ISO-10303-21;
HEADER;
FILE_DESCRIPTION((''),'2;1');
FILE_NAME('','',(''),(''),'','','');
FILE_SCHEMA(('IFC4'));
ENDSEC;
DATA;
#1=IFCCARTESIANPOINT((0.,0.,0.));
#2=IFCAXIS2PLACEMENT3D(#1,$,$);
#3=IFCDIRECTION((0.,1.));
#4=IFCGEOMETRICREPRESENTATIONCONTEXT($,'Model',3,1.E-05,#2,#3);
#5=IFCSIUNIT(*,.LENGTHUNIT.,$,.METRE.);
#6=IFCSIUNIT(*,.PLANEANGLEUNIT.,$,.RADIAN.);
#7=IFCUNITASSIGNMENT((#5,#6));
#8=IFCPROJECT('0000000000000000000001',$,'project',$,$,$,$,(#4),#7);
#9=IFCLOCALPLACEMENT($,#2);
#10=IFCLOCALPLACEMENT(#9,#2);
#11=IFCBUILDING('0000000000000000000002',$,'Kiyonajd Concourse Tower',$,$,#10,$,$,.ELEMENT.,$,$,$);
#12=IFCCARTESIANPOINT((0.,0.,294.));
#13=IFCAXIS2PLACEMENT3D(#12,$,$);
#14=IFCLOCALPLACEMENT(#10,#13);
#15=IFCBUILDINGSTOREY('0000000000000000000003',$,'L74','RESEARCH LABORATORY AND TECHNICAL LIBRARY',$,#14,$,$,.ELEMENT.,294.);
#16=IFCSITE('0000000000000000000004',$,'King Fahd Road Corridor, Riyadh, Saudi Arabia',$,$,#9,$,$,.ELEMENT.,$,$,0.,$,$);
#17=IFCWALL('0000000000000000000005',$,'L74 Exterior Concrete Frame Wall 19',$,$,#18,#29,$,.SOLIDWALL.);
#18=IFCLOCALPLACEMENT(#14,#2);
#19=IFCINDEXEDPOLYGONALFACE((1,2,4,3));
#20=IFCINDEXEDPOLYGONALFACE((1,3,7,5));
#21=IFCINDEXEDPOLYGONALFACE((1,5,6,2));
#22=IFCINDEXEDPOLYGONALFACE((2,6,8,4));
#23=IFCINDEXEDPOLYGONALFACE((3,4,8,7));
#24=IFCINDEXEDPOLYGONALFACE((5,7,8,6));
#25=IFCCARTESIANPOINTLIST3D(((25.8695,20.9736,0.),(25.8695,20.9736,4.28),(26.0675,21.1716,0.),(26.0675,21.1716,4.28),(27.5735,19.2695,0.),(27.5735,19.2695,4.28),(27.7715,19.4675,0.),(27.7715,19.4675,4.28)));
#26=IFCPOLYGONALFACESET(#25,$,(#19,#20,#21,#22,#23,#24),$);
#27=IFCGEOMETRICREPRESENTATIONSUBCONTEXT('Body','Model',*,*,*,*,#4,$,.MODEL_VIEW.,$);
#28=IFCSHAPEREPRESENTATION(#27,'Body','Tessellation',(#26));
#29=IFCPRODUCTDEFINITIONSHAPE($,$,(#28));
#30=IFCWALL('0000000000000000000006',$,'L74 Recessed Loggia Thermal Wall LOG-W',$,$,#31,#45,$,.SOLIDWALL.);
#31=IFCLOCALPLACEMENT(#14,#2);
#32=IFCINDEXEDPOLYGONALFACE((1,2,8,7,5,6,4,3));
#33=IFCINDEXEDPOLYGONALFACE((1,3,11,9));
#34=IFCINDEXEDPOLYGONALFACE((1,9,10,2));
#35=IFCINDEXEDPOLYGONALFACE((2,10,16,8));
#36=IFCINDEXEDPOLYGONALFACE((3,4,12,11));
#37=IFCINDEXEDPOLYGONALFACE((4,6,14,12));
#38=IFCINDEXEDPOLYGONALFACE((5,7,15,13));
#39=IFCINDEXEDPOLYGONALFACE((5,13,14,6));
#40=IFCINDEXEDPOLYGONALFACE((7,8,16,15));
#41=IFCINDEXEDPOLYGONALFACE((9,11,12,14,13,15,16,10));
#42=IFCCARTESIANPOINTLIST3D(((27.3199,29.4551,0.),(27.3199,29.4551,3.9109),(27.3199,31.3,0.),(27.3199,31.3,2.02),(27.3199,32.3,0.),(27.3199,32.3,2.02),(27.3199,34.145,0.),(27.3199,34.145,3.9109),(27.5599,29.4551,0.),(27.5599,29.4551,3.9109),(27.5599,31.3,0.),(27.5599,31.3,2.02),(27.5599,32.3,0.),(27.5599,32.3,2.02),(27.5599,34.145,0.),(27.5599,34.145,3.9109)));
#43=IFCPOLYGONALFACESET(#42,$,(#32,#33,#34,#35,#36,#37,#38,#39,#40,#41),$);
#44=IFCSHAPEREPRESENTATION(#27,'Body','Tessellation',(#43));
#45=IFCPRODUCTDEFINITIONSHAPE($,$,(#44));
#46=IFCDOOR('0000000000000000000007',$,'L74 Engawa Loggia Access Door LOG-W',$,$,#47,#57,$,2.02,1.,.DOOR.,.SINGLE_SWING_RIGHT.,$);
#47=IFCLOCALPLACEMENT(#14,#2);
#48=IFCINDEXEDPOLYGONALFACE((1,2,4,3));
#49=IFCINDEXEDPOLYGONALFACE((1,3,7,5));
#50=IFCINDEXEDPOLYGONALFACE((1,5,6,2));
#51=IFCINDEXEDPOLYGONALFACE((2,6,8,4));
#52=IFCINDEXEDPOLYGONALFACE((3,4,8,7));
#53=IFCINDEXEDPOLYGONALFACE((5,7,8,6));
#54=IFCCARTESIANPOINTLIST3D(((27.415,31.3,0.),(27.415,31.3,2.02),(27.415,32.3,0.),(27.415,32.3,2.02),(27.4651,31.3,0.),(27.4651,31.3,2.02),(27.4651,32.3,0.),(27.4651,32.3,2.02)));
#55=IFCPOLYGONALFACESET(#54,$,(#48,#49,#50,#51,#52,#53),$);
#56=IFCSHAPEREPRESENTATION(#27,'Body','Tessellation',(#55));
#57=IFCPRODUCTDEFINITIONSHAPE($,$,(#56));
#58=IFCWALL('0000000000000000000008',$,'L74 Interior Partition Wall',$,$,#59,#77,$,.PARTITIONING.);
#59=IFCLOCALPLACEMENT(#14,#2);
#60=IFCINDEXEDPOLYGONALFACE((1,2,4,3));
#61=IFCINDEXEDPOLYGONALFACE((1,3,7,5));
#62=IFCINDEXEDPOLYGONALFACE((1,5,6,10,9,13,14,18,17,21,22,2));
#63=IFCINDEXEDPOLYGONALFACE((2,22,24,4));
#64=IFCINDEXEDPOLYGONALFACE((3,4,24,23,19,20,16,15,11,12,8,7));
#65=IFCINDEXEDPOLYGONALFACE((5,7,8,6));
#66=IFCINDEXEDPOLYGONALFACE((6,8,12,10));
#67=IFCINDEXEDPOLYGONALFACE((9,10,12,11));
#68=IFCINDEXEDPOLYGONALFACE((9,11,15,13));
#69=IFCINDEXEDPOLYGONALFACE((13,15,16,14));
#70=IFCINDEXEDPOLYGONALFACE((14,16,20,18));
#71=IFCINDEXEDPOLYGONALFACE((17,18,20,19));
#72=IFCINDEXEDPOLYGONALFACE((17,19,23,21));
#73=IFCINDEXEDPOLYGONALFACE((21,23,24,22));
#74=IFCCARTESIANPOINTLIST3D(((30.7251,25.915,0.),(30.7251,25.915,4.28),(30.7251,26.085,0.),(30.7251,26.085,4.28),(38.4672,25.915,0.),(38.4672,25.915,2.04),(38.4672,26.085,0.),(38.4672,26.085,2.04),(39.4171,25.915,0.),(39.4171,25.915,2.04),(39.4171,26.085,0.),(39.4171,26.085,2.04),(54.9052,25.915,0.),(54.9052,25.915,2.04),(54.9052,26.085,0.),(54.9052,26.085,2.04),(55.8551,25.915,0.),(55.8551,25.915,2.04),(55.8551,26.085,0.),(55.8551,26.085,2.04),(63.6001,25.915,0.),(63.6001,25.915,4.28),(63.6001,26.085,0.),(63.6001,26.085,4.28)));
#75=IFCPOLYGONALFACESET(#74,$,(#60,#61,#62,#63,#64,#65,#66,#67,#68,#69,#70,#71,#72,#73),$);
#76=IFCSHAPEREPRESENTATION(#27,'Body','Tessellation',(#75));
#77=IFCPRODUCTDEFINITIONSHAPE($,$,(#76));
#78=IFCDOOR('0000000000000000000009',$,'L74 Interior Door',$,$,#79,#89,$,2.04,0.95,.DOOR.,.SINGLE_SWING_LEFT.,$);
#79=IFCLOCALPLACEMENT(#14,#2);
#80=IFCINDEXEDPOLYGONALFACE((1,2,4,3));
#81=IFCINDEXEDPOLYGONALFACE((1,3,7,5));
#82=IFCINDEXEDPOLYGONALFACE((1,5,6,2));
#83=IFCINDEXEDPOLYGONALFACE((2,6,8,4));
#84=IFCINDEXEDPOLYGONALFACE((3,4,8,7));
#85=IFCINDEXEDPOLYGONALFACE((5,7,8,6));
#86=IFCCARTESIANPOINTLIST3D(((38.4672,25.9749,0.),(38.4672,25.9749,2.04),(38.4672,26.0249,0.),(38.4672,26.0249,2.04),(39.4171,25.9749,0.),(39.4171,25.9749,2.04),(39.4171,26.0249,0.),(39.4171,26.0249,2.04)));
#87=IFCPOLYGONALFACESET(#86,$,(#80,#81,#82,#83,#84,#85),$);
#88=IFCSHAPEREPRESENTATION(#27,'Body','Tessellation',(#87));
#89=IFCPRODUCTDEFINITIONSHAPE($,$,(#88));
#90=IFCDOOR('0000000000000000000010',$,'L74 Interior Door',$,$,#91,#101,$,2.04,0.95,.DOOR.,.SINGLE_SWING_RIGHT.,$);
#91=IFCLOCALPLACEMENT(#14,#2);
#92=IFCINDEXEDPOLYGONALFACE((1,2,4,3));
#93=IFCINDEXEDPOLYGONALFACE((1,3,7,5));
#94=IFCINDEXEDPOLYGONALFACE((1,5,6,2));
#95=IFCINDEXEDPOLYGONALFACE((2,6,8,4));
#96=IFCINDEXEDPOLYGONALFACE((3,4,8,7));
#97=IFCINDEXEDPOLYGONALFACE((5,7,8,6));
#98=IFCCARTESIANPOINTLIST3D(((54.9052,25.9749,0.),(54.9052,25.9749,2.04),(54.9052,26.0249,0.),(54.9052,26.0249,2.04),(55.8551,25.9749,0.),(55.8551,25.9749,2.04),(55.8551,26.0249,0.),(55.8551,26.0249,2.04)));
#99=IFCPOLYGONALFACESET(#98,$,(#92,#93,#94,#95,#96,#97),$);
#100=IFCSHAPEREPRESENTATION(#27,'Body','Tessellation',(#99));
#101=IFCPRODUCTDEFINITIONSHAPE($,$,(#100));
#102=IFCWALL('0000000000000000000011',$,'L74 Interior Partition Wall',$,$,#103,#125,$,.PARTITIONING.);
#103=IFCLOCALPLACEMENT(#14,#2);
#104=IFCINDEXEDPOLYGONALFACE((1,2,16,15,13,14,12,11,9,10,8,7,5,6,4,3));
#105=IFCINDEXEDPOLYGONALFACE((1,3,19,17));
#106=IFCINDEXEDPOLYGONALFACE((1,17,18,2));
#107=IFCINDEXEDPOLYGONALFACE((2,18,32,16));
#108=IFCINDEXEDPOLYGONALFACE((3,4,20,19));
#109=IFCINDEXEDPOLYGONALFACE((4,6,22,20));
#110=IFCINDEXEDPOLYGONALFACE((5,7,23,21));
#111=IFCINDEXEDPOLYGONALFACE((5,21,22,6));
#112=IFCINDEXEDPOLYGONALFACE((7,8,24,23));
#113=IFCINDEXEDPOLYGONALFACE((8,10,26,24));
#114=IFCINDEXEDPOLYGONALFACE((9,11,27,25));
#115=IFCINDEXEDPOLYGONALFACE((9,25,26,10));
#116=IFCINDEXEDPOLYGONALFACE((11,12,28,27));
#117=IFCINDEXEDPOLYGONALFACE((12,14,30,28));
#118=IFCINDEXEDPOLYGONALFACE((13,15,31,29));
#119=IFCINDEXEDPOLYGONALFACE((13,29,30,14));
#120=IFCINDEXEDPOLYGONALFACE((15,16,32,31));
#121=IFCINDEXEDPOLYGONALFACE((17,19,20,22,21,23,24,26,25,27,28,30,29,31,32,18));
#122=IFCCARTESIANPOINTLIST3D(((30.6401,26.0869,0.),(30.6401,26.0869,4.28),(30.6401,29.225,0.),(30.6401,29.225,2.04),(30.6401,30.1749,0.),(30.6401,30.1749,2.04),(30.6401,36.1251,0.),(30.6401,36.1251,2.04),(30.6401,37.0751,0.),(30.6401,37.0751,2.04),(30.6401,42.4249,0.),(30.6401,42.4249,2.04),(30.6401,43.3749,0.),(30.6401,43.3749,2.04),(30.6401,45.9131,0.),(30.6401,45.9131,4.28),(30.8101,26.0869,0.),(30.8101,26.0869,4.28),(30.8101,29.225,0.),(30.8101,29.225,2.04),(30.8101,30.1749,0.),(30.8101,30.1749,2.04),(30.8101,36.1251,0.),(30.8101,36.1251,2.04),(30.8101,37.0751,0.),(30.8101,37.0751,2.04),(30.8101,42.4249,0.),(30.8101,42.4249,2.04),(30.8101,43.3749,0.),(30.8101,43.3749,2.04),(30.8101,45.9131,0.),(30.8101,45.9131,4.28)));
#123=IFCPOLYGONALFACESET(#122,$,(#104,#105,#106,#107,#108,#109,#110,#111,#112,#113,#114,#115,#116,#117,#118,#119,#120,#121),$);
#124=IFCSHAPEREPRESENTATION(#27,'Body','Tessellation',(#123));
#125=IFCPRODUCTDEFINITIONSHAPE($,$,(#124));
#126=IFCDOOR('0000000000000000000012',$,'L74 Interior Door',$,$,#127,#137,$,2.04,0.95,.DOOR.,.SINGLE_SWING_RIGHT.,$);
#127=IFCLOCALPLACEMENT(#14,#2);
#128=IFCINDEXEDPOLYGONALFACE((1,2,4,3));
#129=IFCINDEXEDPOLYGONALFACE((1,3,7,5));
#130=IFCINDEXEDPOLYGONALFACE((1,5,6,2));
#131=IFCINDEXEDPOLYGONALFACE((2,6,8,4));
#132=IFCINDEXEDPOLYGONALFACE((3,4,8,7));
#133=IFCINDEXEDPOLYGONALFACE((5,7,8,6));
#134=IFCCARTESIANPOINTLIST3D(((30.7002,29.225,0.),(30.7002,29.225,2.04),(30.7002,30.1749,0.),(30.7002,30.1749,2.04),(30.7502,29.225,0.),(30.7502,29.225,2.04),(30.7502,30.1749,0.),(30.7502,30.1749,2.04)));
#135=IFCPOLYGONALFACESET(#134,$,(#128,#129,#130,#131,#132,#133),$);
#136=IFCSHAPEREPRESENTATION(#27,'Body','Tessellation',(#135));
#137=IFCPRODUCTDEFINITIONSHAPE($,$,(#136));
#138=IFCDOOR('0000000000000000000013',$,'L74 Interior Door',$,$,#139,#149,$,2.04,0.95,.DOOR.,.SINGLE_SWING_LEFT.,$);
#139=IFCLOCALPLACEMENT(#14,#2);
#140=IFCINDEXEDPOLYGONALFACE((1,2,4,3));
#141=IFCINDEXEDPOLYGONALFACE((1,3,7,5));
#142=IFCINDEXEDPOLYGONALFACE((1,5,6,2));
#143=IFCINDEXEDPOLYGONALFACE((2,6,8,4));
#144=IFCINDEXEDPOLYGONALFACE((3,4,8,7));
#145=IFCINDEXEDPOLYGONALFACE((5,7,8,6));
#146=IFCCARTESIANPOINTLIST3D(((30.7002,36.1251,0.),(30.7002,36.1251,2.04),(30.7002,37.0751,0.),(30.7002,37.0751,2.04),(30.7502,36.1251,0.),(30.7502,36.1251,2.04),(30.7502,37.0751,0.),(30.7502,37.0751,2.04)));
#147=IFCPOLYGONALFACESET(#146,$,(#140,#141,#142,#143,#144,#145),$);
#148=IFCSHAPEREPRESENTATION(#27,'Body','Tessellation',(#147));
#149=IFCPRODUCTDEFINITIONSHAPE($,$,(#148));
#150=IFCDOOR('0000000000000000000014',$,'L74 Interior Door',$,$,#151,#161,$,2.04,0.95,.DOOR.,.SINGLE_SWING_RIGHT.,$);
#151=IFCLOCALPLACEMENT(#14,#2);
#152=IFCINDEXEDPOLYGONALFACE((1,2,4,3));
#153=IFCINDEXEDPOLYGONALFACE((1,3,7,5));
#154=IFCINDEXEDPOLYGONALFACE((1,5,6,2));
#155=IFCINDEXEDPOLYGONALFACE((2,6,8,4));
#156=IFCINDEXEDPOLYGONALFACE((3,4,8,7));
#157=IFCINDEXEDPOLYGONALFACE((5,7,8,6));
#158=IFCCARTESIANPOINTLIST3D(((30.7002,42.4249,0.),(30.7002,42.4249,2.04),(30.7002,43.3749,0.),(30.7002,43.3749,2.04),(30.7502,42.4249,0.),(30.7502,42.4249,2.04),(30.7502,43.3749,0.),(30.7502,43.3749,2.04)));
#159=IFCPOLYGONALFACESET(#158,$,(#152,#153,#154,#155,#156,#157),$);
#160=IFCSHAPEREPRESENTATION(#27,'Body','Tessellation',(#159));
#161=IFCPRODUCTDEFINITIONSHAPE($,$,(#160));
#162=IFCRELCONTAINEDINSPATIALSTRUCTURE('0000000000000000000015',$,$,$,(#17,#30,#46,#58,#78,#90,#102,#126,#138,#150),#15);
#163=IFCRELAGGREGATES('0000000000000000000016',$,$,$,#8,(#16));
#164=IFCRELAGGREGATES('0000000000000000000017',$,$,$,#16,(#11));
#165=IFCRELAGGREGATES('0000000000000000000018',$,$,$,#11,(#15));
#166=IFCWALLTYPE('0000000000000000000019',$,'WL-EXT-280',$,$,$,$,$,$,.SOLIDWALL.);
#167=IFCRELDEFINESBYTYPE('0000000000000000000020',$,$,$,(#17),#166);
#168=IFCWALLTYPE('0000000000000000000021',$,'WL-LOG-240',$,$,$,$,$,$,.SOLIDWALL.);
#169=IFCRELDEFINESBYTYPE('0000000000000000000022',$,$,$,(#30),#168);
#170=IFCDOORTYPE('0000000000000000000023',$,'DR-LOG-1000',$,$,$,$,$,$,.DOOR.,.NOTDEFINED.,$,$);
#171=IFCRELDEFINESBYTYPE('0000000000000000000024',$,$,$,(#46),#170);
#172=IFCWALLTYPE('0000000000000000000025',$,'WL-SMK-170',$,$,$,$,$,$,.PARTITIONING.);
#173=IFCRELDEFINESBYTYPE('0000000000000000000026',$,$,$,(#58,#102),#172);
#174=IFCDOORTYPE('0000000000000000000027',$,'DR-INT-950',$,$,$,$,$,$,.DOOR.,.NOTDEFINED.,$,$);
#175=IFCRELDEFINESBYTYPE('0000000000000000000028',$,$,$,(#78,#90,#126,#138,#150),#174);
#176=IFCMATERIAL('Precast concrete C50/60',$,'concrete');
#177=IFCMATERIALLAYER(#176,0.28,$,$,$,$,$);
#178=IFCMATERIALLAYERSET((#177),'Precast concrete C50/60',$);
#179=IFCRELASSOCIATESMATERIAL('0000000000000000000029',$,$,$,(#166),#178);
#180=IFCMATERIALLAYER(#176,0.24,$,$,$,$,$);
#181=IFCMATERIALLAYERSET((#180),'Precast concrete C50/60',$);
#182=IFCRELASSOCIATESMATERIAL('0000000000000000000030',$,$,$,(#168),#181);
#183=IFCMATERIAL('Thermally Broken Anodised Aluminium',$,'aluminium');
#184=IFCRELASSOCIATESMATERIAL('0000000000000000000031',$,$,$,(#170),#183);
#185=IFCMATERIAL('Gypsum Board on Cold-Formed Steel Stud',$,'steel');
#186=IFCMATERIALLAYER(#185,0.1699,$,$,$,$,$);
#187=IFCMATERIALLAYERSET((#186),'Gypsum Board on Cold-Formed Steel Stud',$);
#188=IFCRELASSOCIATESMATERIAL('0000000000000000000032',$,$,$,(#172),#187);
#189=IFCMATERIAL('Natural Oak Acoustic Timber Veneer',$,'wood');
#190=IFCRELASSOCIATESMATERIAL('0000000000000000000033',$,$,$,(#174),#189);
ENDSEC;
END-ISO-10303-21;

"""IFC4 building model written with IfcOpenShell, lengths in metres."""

from ifc_helpers import new_model, si_unit, direction, frame, frame_2d, origin, place, context, subcontext, project, spatial, rectangle, extrude, material, layer, layer_set, type_object, element, fill, save


model = new_model("IFC4")

# Units and contexts
model_context = context("Model", 3, precision=1e-05, world=origin(), true_north=direction((0.0, 1.0)))
body_context = subcontext(model_context, "Body", "Model", "MODEL_VIEW")
ifc_project = project(units=[si_unit("LENGTHUNIT", "METRE"), si_unit("PLANEANGLEUNIT", "RADIAN")], contexts=[model_context])

# Site, building, storey
site_placement = place(None, origin())
site = spatial("IfcSite", under=ifc_project, at=site_placement, Name="King Fahd Road Corridor, Riyadh, Saudi Arabia", CompositionType="ELEMENT", RefElevation=0.0)
building_placement = place(site_placement, origin())
building = spatial("IfcBuilding", under=site, at=building_placement, Name="Kiyonajd Concourse Tower", CompositionType="ELEMENT")
storey_placement = place(building_placement, frame((0.0, 0.0, 294.0)))
storey = spatial("IfcBuildingStorey", under=building, at=storey_placement, Name="L74", Description="RESEARCH LABORATORY AND TECHNICAL LIBRARY", CompositionType="ELEMENT", Elevation=294.0)

# Shared definitions
ifc_material_1 = material(Name="Thermally Broken Anodised Aluminium", Category="aluminium")

# Wall
ifc_material_2 = material(Name="Precast concrete C50/60", Category="concrete")
ifc_layer_1 = layer(ifc_material_2, 0.28)
ifc_layer_set_1 = layer_set([ifc_layer_1], Name="Precast concrete C50/60")
wall_type_1 = type_object("IfcWallType", Name="WL-EXT-280", PredefinedType="SOLIDWALL", material=ifc_layer_set_1)
wall_1_placement = place(storey_placement, frame((27.6726, 19.3684, 0.0), z_axis=(0.0, 0.0, 1.0), x_axis=(-0.707107, 0.707107, 0.0)))
element("IfcWall", 1, at=wall_1_placement, inside=storey, type_object=wall_type_1, Name="L74 Exterior Concrete Frame Wall 19", PredefinedType="SOLIDWALL", context=body_context, shape_type="SweptSolid", body=[
    extrude(rectangle(XDim=2.4099, YDim=0.28, at=frame_2d((1.2051, 0.0))), origin(), (0.0, 0.0, 1.0), 4.28),
])

# Wall, opening, door
ifc_layer_2 = layer(ifc_material_2, 0.24)
ifc_layer_set_2 = layer_set([ifc_layer_2], Name="Precast concrete C50/60")
wall_type_2 = type_object("IfcWallType", Name="WL-LOG-240", PredefinedType="SOLIDWALL", material=ifc_layer_set_2)
wall_2_placement = place(storey_placement, frame((27.4399, 29.4551, 0.0), z_axis=(0.0, 0.0, 1.0), x_axis=(0.0, 1.0, 0.0)))
wall_2 = element("IfcWall", 2, at=wall_2_placement, inside=storey, type_object=wall_type_2, Name="L74 Recessed Loggia Thermal Wall LOG-W", PredefinedType="SOLIDWALL", context=body_context, shape_type="SweptSolid", body=[
    extrude(rectangle(XDim=4.6899, YDim=0.24, at=frame_2d((2.345, 0.0))), origin(), (0.0, 0.0, 1.0), 3.9109),
])
opening_1_placement = place(wall_2_placement, frame((1.845, 0.0, 0.0)))
opening_1 = element("IfcOpeningElement", 3, at=opening_1_placement, cuts=wall_2, PredefinedType="OPENING", context=body_context, shape_type="SweptSolid", body=[
    extrude(rectangle(XDim=1.0, YDim=2.02, at=frame_2d((0.5, 1.01))), frame((0.0, 0.1299, 0.0), z_axis=(0.0, -1.0, 0.0), x_axis=(1.0, 0.0, 0.0)), (0.0, 0.0, 1.0), 0.26),
])
door_type_1 = type_object("IfcDoorType", Name="DR-LOG-1000", OperationType="NOTDEFINED", PredefinedType="DOOR", material=ifc_material_1)
door_1_placement = place(opening_1_placement, origin())
door_1 = element("IfcDoor", 4, at=door_1_placement, inside=storey, type_object=door_type_1, Name="L74 Engawa Loggia Access Door LOG-W", OperationType="SINGLE_SWING_RIGHT", OverallHeight=2.02, OverallWidth=1.0, PredefinedType="DOOR", context=body_context, shape_type="SweptSolid", body=[
    extrude(rectangle(XDim=1.0, YDim=2.02, at=frame_2d((0.5, 1.01))), frame((0.0, 0.0249, 0.0), z_axis=(0.0, -1.0, 0.0), x_axis=(1.0, 0.0, 0.0)), (0.0, 0.0, 1.0), 0.05),
])
fill(opening_1, door_1)

# Walls, openings, doors
ifc_material_3 = material(Name="Gypsum Board on Cold-Formed Steel Stud", Category="steel")
ifc_layer_3 = layer(ifc_material_3, 0.1699)
ifc_layer_set_3 = layer_set([ifc_layer_3], Name="Gypsum Board on Cold-Formed Steel Stud")
wall_type_3 = type_object("IfcWallType", Name="WL-SMK-170", PredefinedType="PARTITIONING", material=ifc_layer_set_3)
wall_3_placement = place(storey_placement, frame((30.7251, 26.0, 0.0), z_axis=(0.0, 0.0, 1.0), x_axis=(1.0, 0.0, 0.0)))
wall_3 = element("IfcWall", 5, at=wall_3_placement, inside=storey, type_object=wall_type_3, Name="L74 Interior Partition Wall", PredefinedType="PARTITIONING", context=body_context, shape_type="SweptSolid", body=[
    extrude(rectangle(XDim=32.875, YDim=0.1699, at=frame_2d((16.4375, 0.0))), origin(), (0.0, 0.0, 1.0), 4.28),
])
opening_2_placement = place(wall_3_placement, frame((7.7419, 0.0, 0.0)))
opening_2 = element("IfcOpeningElement", 6, at=opening_2_placement, cuts=wall_3, PredefinedType="OPENING", context=body_context, shape_type="SweptSolid", body=[
    extrude(rectangle(XDim=0.95, YDim=2.04, at=frame_2d((0.4751, 1.02))), frame((0.0, 0.095, 0.0), z_axis=(0.0, -1.0, 0.0), x_axis=(1.0, 0.0, 0.0)), (0.0, 0.0, 1.0), 0.1899),
])
opening_3_placement = place(wall_3_placement, frame((24.1799, 0.0, 0.0)))
opening_3 = element("IfcOpeningElement", 7, at=opening_3_placement, cuts=wall_3, PredefinedType="OPENING", context=body_context, shape_type="SweptSolid", body=[
    extrude(rectangle(XDim=0.95, YDim=2.04, at=frame_2d((0.4751, 1.02))), frame((0.0, 0.095, 0.0), z_axis=(0.0, -1.0, 0.0), x_axis=(1.0, 0.0, 0.0)), (0.0, 0.0, 1.0), 0.1899),
])
ifc_material_4 = material(Name="Natural Oak Acoustic Timber Veneer", Category="wood")
door_type_2 = type_object("IfcDoorType", Name="DR-INT-950", OperationType="NOTDEFINED", PredefinedType="DOOR", material=ifc_material_4)
door_2_placement = place(opening_2_placement, origin())
door_2 = element("IfcDoor", 8, at=door_2_placement, inside=storey, type_object=door_type_2, Name="L74 Interior Door", OperationType="SINGLE_SWING_LEFT", OverallHeight=2.04, OverallWidth=0.95, PredefinedType="DOOR", context=body_context, shape_type="SweptSolid", body=[
    extrude(rectangle(XDim=0.95, YDim=2.04, at=frame_2d((0.4751, 1.02))), frame((0.0, 0.0249, 0.0), z_axis=(0.0, -1.0, 0.0), x_axis=(1.0, 0.0, 0.0)), (0.0, 0.0, 1.0), 0.05),
])
fill(opening_2, door_2)
door_3_placement = place(opening_3_placement, origin())
door_3 = element("IfcDoor", 9, at=door_3_placement, inside=storey, type_object=door_type_2, Name="L74 Interior Door", OperationType="SINGLE_SWING_RIGHT", OverallHeight=2.04, OverallWidth=0.95, PredefinedType="DOOR", context=body_context, shape_type="SweptSolid", body=[
    extrude(rectangle(XDim=0.95, YDim=2.04, at=frame_2d((0.4751, 1.02))), frame((0.0, 0.0249, 0.0), z_axis=(0.0, -1.0, 0.0), x_axis=(1.0, 0.0, 0.0)), (0.0, 0.0, 1.0), 0.05),
])
fill(opening_3, door_3)
wall_4_placement = place(storey_placement, frame((30.7251, 26.0869, 0.0), z_axis=(0.0, 0.0, 1.0), x_axis=(0.0, 1.0, 0.0)))
wall_4 = element("IfcWall", 10, at=wall_4_placement, inside=storey, type_object=wall_type_3, Name="L74 Interior Partition Wall", PredefinedType="PARTITIONING", context=body_context, shape_type="SweptSolid", body=[
    extrude(rectangle(XDim=19.8262, YDim=0.1699, at=frame_2d((9.9131, 0.0))), origin(), (0.0, 0.0, 1.0), 4.28),
])
opening_4_placement = place(wall_4_placement, frame((3.1379, 0.0, 0.0)))
opening_4 = element("IfcOpeningElement", 11, at=opening_4_placement, cuts=wall_4, PredefinedType="OPENING", context=body_context, shape_type="SweptSolid", body=[
    extrude(rectangle(XDim=0.95, YDim=2.04, at=frame_2d((0.4751, 1.02))), frame((0.0, 0.095, 0.0), z_axis=(0.0, -1.0, 0.0), x_axis=(1.0, 0.0, 0.0)), (0.0, 0.0, 1.0), 0.1899),
])
opening_5_placement = place(wall_4_placement, frame((10.0381, 0.0, 0.0)))
opening_5 = element("IfcOpeningElement", 12, at=opening_5_placement, cuts=wall_4, PredefinedType="OPENING", context=body_context, shape_type="SweptSolid", body=[
    extrude(rectangle(XDim=0.95, YDim=2.04, at=frame_2d((0.4751, 1.02))), frame((0.0, 0.095, 0.0), z_axis=(0.0, -1.0, 0.0), x_axis=(1.0, 0.0, 0.0)), (0.0, 0.0, 1.0), 0.1899),
])
opening_6_placement = place(wall_4_placement, frame((16.3379, 0.0, 0.0)))
opening_6 = element("IfcOpeningElement", 13, at=opening_6_placement, cuts=wall_4, PredefinedType="OPENING", context=body_context, shape_type="SweptSolid", body=[
    extrude(rectangle(XDim=0.95, YDim=2.04, at=frame_2d((0.4751, 1.02))), frame((0.0, 0.095, 0.0), z_axis=(0.0, -1.0, 0.0), x_axis=(1.0, 0.0, 0.0)), (0.0, 0.0, 1.0), 0.1899),
])
door_4_placement = place(opening_4_placement, origin())
door_4 = element("IfcDoor", 14, at=door_4_placement, inside=storey, type_object=door_type_2, Name="L74 Interior Door", OperationType="SINGLE_SWING_RIGHT", OverallHeight=2.04, OverallWidth=0.95, PredefinedType="DOOR", context=body_context, shape_type="SweptSolid", body=[
    extrude(rectangle(XDim=0.95, YDim=2.04, at=frame_2d((0.4751, 1.02))), frame((0.0, 0.0249, 0.0), z_axis=(0.0, -1.0, 0.0), x_axis=(1.0, 0.0, 0.0)), (0.0, 0.0, 1.0), 0.05),
])
fill(opening_4, door_4)
door_5_placement = place(opening_5_placement, origin())
door_5 = element("IfcDoor", 15, at=door_5_placement, inside=storey, type_object=door_type_2, Name="L74 Interior Door", OperationType="SINGLE_SWING_LEFT", OverallHeight=2.04, OverallWidth=0.95, PredefinedType="DOOR", context=body_context, shape_type="SweptSolid", body=[
    extrude(rectangle(XDim=0.95, YDim=2.04, at=frame_2d((0.4751, 1.02))), frame((0.0, 0.0249, 0.0), z_axis=(0.0, -1.0, 0.0), x_axis=(1.0, 0.0, 0.0)), (0.0, 0.0, 1.0), 0.05),
])
fill(opening_5, door_5)
door_6_placement = place(opening_6_placement, origin())
door_6 = element("IfcDoor", 16, at=door_6_placement, inside=storey, type_object=door_type_2, Name="L74 Interior Door", OperationType="SINGLE_SWING_RIGHT", OverallHeight=2.04, OverallWidth=0.95, PredefinedType="DOOR", context=body_context, shape_type="SweptSolid", body=[
    extrude(rectangle(XDim=0.95, YDim=2.04, at=frame_2d((0.4751, 1.02))), frame((0.0, 0.0249, 0.0), z_axis=(0.0, -1.0, 0.0), x_axis=(1.0, 0.0, 0.0)), (0.0, 0.0, 1.0), 0.05),
])
fill(opening_6, door_6)

save(model, "model.ifc")
